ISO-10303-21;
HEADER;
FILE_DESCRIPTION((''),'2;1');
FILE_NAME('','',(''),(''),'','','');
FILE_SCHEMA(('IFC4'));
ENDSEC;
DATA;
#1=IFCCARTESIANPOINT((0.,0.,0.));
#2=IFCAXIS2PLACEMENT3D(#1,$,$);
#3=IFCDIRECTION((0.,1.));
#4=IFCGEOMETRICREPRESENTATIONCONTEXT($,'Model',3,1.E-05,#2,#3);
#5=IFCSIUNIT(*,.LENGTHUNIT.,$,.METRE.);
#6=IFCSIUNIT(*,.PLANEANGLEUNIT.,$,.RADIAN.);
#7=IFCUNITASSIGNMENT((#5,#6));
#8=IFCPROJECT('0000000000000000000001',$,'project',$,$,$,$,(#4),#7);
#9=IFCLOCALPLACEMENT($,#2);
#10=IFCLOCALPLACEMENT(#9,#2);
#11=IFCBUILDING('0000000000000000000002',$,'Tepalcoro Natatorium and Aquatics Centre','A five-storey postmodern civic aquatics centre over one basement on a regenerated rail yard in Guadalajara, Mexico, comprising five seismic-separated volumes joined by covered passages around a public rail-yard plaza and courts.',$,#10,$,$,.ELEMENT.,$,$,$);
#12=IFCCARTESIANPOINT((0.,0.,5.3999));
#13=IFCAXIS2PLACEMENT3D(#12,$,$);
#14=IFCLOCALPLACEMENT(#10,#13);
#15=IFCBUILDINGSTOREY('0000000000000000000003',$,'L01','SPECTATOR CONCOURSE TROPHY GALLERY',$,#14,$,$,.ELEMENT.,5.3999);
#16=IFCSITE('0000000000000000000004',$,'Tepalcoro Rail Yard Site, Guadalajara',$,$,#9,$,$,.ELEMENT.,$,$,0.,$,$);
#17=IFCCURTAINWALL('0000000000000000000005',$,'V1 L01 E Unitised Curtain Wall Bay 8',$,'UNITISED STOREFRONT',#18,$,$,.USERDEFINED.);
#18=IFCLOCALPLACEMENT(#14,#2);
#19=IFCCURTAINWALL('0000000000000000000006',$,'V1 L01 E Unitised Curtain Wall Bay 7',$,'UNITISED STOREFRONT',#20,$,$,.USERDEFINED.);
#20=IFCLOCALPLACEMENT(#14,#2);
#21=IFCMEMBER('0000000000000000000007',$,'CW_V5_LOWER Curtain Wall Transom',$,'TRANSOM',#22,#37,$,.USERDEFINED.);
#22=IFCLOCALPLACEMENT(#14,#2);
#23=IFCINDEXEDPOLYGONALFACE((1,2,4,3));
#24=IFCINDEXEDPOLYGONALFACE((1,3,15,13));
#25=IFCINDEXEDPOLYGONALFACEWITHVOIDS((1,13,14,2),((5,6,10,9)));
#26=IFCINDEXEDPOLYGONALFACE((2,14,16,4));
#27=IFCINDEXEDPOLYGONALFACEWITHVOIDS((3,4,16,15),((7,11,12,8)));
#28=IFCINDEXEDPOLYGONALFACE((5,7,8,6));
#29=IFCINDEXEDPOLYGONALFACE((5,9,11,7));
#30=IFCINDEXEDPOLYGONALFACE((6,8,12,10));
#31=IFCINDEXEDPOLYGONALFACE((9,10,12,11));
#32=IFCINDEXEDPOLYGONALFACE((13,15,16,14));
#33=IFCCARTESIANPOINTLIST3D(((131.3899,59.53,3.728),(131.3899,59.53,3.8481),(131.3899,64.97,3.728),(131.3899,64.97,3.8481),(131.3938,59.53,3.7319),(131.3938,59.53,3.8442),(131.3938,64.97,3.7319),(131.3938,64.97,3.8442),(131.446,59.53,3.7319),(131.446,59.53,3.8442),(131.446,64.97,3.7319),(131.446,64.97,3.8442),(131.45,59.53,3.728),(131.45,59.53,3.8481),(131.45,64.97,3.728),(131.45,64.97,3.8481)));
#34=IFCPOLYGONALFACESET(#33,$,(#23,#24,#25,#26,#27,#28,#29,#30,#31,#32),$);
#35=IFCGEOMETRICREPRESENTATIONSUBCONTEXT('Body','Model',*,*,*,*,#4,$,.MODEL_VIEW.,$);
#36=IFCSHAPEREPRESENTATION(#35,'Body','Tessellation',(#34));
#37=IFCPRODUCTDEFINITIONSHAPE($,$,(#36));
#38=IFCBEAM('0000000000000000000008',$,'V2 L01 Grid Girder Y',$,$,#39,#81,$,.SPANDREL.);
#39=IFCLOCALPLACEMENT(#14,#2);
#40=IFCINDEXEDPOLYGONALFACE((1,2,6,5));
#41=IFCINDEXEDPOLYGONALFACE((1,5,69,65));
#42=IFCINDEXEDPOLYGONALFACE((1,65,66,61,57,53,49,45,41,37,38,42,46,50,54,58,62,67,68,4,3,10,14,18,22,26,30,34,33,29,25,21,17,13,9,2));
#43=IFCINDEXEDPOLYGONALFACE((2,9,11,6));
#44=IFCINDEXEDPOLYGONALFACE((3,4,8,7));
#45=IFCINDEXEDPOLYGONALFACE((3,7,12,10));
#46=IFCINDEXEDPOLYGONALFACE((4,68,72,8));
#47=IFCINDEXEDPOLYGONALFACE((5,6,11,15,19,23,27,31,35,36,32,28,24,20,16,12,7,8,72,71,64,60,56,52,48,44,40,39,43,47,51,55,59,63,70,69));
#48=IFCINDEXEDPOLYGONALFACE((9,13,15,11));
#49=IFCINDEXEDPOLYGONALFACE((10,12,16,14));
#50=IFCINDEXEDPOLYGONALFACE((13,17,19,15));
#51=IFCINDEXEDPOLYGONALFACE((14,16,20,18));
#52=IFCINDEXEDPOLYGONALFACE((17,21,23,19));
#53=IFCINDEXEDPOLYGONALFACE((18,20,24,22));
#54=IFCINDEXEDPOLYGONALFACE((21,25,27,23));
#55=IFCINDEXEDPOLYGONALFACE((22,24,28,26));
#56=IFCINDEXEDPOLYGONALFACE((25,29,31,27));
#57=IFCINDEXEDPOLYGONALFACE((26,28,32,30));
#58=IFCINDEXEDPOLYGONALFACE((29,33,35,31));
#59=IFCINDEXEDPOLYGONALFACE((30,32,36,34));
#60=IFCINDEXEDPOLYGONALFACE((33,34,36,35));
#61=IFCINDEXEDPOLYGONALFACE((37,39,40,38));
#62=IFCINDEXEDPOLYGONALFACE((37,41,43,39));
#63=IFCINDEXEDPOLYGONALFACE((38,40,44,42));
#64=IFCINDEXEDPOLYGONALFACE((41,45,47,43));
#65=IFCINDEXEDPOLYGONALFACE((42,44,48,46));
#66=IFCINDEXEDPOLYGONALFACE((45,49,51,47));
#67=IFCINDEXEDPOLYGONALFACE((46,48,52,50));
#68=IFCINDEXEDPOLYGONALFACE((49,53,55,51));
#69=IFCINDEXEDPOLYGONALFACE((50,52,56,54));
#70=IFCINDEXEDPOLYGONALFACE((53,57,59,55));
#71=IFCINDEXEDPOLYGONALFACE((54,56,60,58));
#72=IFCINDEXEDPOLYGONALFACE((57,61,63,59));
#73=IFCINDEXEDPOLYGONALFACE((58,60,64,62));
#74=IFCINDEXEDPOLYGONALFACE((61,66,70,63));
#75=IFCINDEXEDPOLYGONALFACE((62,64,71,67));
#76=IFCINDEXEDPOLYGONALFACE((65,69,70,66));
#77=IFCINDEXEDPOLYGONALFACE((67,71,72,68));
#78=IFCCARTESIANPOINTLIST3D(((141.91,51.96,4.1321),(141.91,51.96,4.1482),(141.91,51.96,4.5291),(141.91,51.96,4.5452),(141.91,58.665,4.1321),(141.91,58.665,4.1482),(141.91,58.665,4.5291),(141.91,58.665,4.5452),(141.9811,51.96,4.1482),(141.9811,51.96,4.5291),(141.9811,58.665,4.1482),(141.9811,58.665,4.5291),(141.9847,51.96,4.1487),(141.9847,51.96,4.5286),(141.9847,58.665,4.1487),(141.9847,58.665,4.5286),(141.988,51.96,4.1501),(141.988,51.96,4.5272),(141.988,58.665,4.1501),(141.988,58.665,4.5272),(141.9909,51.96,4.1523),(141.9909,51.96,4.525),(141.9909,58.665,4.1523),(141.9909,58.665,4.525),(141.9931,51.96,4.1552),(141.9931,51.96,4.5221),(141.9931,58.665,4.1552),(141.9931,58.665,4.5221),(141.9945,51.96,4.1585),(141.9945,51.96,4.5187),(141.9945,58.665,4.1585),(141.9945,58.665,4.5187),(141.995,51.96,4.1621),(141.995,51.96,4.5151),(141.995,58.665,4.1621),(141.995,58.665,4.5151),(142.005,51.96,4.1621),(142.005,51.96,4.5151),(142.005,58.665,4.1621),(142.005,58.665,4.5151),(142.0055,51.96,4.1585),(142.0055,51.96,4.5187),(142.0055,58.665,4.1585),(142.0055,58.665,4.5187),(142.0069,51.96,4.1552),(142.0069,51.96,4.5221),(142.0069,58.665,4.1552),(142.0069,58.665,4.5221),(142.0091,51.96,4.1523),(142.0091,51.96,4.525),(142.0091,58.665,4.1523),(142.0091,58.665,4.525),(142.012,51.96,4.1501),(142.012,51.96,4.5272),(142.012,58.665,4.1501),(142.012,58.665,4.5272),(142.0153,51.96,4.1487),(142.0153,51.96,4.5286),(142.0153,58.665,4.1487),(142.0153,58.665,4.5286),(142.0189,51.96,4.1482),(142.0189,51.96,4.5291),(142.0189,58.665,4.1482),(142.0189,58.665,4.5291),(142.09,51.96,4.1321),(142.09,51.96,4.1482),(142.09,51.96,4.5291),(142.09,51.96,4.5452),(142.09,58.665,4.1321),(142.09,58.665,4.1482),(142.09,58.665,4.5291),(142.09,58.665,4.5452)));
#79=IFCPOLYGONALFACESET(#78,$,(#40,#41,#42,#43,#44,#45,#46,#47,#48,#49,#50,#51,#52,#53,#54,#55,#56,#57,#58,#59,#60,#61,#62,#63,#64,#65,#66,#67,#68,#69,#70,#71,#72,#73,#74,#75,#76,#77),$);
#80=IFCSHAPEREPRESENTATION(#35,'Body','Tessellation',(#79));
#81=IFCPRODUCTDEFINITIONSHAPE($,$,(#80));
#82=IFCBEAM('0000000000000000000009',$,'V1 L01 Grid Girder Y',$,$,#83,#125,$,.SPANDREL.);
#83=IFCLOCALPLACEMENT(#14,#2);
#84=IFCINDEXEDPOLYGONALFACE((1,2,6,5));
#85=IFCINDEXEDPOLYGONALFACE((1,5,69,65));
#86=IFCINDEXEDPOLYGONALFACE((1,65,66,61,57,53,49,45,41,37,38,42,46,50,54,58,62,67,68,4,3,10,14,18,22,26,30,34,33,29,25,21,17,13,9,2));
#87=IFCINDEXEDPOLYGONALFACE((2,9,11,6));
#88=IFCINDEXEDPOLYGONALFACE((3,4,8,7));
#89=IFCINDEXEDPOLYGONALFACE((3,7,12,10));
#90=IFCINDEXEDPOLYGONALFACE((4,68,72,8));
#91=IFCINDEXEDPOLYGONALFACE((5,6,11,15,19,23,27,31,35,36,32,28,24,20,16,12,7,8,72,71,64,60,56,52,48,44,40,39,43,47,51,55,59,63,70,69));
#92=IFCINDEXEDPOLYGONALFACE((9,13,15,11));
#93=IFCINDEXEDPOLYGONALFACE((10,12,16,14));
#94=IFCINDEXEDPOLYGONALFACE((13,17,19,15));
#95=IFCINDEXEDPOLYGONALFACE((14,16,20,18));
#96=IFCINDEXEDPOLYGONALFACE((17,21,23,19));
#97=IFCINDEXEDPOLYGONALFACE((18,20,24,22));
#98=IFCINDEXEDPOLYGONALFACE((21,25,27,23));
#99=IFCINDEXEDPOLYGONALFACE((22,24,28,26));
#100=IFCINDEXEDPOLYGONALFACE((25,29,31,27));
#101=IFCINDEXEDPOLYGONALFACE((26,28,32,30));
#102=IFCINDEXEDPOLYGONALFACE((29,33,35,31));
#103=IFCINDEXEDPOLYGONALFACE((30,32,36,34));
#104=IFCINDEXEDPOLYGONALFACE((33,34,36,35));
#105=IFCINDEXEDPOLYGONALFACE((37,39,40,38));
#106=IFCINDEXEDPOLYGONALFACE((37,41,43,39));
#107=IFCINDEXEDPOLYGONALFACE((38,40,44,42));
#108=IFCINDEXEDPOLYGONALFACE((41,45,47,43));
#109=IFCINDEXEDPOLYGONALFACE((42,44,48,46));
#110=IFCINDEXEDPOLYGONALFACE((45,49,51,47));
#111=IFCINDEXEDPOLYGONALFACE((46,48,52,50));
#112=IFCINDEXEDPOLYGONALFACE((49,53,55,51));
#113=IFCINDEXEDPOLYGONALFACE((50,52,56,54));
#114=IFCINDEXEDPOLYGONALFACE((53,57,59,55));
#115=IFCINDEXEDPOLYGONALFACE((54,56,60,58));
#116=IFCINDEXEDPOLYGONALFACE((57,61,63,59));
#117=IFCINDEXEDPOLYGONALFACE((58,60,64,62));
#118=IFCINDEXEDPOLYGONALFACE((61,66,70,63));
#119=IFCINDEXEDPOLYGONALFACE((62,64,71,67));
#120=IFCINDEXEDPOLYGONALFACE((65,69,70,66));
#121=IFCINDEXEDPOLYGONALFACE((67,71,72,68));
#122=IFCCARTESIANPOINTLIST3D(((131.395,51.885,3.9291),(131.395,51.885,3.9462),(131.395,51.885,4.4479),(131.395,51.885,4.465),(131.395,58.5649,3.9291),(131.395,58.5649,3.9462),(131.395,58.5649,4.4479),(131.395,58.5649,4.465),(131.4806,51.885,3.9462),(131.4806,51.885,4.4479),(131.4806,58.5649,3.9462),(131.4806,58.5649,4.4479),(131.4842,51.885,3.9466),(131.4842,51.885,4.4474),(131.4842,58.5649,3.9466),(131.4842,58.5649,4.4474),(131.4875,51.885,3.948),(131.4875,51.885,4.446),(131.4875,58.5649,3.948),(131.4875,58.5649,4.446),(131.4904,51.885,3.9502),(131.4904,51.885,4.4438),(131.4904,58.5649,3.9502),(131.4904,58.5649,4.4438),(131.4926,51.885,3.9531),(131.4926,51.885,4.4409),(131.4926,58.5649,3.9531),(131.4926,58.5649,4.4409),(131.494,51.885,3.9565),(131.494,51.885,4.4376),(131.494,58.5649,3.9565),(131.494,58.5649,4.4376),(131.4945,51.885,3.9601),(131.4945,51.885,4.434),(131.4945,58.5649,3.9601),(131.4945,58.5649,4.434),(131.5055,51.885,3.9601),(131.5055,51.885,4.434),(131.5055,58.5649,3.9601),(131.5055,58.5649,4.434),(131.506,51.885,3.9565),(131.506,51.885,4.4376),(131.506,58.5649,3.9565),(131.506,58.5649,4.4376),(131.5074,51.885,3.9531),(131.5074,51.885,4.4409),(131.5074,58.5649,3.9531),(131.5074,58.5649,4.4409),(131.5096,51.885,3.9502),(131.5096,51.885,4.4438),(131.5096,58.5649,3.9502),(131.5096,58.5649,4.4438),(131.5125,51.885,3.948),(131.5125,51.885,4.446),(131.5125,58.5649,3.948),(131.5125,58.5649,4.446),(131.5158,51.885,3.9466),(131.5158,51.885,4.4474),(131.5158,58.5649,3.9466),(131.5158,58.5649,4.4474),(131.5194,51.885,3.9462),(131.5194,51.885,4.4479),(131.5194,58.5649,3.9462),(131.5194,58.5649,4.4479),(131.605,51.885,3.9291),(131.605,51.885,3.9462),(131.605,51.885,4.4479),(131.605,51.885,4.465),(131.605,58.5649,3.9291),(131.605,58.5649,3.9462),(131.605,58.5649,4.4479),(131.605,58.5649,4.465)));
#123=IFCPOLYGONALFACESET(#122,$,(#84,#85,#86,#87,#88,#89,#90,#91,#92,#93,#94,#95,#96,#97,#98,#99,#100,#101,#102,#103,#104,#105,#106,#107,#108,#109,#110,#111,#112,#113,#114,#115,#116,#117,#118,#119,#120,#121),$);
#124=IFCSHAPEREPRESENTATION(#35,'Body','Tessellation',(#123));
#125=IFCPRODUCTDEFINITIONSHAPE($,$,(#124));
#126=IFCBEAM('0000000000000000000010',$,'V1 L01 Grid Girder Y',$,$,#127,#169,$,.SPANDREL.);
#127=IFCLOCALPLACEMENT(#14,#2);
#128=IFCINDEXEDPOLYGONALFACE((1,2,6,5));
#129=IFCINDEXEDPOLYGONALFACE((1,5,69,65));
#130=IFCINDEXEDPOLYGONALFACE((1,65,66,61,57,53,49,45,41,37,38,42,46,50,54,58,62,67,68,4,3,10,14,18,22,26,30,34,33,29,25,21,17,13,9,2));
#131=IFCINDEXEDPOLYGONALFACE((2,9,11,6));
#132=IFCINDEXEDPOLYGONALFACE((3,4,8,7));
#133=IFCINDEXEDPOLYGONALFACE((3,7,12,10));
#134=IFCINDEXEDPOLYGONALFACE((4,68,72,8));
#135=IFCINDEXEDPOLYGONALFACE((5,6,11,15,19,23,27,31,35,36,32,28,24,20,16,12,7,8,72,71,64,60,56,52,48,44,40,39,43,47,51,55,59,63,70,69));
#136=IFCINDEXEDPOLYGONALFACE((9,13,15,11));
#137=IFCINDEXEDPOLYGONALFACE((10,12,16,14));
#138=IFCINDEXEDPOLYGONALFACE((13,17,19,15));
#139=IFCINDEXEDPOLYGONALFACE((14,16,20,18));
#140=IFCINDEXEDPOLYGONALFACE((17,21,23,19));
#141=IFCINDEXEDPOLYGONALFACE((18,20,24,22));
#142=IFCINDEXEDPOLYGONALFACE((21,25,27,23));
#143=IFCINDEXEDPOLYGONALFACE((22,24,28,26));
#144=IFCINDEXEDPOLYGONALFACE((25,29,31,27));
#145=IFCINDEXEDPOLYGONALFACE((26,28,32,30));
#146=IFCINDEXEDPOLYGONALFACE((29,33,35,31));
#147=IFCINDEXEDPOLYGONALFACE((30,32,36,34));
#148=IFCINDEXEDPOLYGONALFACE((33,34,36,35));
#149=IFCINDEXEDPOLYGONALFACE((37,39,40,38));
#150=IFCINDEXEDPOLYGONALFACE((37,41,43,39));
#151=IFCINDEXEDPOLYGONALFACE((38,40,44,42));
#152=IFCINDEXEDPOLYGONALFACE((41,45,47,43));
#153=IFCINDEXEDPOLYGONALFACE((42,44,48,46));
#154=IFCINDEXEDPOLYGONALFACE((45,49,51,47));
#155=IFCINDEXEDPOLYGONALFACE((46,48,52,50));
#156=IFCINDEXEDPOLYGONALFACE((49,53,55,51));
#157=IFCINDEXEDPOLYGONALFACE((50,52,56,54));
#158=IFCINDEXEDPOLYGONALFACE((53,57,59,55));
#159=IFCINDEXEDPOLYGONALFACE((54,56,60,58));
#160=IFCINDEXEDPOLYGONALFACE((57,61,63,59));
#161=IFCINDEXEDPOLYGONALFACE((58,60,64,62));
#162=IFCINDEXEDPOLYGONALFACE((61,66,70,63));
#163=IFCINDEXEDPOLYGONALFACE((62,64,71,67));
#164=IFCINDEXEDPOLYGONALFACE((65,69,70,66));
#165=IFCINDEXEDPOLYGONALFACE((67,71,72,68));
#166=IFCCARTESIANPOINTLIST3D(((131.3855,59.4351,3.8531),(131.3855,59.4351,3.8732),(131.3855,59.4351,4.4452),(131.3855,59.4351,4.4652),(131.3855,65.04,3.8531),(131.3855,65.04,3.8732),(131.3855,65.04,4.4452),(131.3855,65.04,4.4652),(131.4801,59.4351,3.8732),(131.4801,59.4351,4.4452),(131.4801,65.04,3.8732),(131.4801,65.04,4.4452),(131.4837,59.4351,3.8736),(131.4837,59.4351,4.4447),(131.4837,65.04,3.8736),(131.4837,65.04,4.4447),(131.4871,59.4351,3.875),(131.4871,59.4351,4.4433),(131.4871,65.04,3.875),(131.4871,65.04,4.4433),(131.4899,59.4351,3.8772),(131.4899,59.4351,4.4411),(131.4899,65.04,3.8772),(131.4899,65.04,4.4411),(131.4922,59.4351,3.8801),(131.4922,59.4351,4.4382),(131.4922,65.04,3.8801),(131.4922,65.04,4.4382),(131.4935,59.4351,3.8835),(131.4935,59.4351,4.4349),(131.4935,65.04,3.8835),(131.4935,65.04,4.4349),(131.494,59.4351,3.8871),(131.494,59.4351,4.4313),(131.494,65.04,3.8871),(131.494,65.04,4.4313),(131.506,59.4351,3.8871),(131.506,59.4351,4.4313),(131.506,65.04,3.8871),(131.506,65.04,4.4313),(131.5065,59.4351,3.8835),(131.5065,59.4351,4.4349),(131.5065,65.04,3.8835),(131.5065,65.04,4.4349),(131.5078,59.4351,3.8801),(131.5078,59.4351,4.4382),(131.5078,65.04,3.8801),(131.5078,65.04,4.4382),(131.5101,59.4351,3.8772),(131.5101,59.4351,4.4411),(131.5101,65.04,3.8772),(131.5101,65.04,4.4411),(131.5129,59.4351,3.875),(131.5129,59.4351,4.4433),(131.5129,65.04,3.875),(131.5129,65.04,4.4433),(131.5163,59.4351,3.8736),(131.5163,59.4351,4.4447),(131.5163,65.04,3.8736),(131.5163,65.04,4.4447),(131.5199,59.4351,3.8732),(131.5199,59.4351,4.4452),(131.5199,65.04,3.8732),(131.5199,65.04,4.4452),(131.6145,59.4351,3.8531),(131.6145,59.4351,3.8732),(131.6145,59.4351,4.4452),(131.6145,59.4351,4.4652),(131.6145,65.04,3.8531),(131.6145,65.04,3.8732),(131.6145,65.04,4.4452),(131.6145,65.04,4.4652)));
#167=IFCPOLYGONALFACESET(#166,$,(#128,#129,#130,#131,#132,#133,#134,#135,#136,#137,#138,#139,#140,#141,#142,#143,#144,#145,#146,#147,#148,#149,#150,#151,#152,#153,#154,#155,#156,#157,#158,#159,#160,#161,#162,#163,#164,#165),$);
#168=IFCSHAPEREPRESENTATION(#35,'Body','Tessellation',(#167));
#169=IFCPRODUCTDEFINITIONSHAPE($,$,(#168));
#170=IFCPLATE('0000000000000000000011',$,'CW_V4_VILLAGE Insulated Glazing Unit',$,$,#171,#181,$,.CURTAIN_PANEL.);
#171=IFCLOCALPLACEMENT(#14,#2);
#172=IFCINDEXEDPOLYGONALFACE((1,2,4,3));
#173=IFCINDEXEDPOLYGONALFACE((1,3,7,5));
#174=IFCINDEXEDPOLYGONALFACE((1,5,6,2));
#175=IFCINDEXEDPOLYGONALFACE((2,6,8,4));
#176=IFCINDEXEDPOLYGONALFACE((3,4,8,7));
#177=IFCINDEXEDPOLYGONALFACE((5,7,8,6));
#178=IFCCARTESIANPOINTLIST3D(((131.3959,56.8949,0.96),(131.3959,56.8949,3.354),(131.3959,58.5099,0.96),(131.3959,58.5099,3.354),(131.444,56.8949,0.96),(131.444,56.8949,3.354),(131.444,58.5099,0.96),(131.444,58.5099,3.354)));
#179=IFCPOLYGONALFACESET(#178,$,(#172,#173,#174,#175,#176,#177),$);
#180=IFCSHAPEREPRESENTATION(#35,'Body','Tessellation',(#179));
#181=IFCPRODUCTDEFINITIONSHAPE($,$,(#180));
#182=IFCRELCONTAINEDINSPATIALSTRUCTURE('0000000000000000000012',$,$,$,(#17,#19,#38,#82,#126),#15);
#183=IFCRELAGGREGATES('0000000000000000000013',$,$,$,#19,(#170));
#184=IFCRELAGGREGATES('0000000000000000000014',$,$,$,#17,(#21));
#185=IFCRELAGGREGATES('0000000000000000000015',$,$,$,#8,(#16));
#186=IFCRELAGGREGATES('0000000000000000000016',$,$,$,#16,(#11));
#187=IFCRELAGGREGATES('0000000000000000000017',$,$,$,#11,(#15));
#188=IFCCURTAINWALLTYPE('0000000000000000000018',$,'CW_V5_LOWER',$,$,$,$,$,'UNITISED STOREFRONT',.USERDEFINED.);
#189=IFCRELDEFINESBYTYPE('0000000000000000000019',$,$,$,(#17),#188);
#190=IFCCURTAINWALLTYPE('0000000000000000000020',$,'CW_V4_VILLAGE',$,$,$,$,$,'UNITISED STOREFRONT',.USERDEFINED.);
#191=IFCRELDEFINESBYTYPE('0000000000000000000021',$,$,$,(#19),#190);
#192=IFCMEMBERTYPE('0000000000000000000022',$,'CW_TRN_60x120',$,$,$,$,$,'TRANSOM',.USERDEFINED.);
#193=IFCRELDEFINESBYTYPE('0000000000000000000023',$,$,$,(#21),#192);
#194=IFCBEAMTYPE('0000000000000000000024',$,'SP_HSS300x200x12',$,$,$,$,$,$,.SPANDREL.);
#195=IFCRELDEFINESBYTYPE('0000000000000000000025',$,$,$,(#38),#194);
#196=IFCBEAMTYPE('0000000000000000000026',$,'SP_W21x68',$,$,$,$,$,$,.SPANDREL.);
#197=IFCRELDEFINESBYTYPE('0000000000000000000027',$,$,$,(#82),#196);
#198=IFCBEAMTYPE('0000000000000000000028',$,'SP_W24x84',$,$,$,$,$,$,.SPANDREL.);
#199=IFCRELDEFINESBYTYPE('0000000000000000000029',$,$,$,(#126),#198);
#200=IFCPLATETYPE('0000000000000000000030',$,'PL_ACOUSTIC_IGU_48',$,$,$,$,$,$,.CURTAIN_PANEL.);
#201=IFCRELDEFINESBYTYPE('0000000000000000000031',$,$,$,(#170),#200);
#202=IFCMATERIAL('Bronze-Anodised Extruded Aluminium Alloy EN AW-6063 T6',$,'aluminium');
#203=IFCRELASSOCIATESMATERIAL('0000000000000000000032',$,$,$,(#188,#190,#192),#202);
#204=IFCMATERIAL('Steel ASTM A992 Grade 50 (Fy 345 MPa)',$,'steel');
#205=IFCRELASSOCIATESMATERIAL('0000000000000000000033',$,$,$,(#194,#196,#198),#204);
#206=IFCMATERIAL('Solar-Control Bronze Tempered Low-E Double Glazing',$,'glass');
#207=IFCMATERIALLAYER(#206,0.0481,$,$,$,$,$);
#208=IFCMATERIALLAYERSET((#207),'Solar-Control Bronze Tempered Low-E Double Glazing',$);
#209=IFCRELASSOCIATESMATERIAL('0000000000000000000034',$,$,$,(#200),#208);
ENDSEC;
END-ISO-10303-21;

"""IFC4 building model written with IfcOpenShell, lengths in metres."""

from ifc_helpers import new_model, si_unit, direction, frame, origin, origin_2d, place, context, subcontext, project, spatial, rectangle, hollow_rectangle, i_section, extrude, material, layer, layer_set, material_profile, profile_set, type_object, element, aggregate, save


model = new_model("IFC4")

# Units and contexts
model_context = context("Model", 3, precision=1e-05, world=origin(), true_north=direction((0.0, 1.0)))
body_context = subcontext(model_context, "Body", "Model", "MODEL_VIEW")
ifc_project = project(units=[si_unit("LENGTHUNIT", "METRE"), si_unit("PLANEANGLEUNIT", "RADIAN")], contexts=[model_context])

# Site, building, storey
site_placement = place(None, origin())
site = spatial("IfcSite", under=ifc_project, at=site_placement, Name="Tepalcoro Rail Yard Site, Guadalajara", CompositionType="ELEMENT", RefElevation=0.0)
building_placement = place(site_placement, origin())
building = spatial("IfcBuilding", under=site, at=building_placement, Name="Tepalcoro Natatorium and Aquatics Centre", Description="A five-storey postmodern civic aquatics centre over one basement on a regenerated rail yard in Guadalajara, Mexico, comprising five seismic-separated volumes joined by covered passages around a public rail-yard plaza and courts.", CompositionType="ELEMENT")
storey_placement = place(building_placement, frame((0.0, 0.0, 5.3999)))
storey = spatial("IfcBuildingStorey", under=building, at=storey_placement, Name="L01", Description="SPECTATOR CONCOURSE TROPHY GALLERY", CompositionType="ELEMENT", Elevation=5.3999)

# Curtain wall
ifc_material_1 = material(Name="Bronze-Anodised Extruded Aluminium Alloy EN AW-6063 T6", Category="aluminium")
curtain_wall_type_1 = type_object("IfcCurtainWallType", Name="CW_V5_LOWER", ElementType="UNITISED STOREFRONT", PredefinedType="USERDEFINED", material=ifc_material_1)
curtain_wall_1_placement = place(storey_placement, origin())
curtain_wall_1 = element("IfcCurtainWall", 1, at=curtain_wall_1_placement, inside=storey, type_object=curtain_wall_type_1, Name="V1 L01 E Unitised Curtain Wall Bay 8", ObjectType="UNITISED STOREFRONT", PredefinedType="USERDEFINED")

# Curtain wall
curtain_wall_type_2 = type_object("IfcCurtainWallType", Name="CW_V4_VILLAGE", ElementType="UNITISED STOREFRONT", PredefinedType="USERDEFINED", material=ifc_material_1)
curtain_wall_2_placement = place(storey_placement, origin())
curtain_wall_2 = element("IfcCurtainWall", 2, at=curtain_wall_2_placement, inside=storey, type_object=curtain_wall_type_2, Name="V1 L01 E Unitised Curtain Wall Bay 7", ObjectType="UNITISED STOREFRONT", PredefinedType="USERDEFINED")

# Member
ifc_material_profile_1 = material_profile(ifc_material_1, hollow_rectangle(XDim=0.0601, YDim=0.1201, WallThickness=0.0039, at=origin_2d()), Name="AL60X120X4")
ifc_profile_set_1 = profile_set([ifc_material_profile_1], Name="Bronze-Anodised Extruded Aluminium Alloy EN AW-6063 T6")
member_type_1 = type_object("IfcMemberType", Name="CW_TRN_60x120", ElementType="TRANSOM", PredefinedType="USERDEFINED", material=ifc_profile_set_1)
member_1_placement = place(storey_placement, frame((131.4199, 59.53, 3.7881), z_axis=(0.0, 1.0, 0.0), x_axis=(-1.0, 0.0, 0.0)))
member_1 = element("IfcMember", 3, at=member_1_placement, type_object=member_type_1, Name="CW_V5_LOWER Curtain Wall Transom", ObjectType="TRANSOM", PredefinedType="USERDEFINED", context=body_context, shape_type="SweptSolid", body=[
    extrude(hollow_rectangle(XDim=0.0601, YDim=0.1201, WallThickness=0.0039, at=origin_2d()), origin(), (0.0, 0.0, 1.0), 5.4399),
])

# Beams
ifc_material_2 = material(Name="Steel ASTM A992 Grade 50 (Fy 345 MPa)", Category="steel")
ifc_material_profile_2 = material_profile(ifc_material_2, i_section(OverallWidth=0.1799, OverallDepth=0.4131, WebThickness=0.01, FlangeThickness=0.0161, FilletRadius=0.0139, at=origin_2d()), Name="W16X50")
ifc_profile_set_2 = profile_set([ifc_material_profile_2], Name="Steel ASTM A992 Grade 50 (Fy 345 MPa)")
beam_type_1 = type_object("IfcBeamType", Name="SP_HSS300x200x12", PredefinedType="SPANDREL", material=ifc_profile_set_2)
beam_1_placement = place(storey_placement, frame((142.0, 51.96, 4.3386), z_axis=(0.0, 1.0, 0.0), x_axis=(-1.0, 0.0, 0.0)))
element("IfcBeam", 4, at=beam_1_placement, inside=storey, type_object=beam_type_1, Name="V2 L01 Grid Girder Y", PredefinedType="SPANDREL", context=body_context, shape_type="SweptSolid", body=[
    extrude(i_section(OverallWidth=0.1799, OverallDepth=0.4131, WebThickness=0.01, FlangeThickness=0.0161, FilletRadius=0.0139, at=origin_2d()), origin(), (0.0, 0.0, 1.0), 6.7051),
])
ifc_material_profile_3 = material_profile(ifc_material_2, i_section(OverallWidth=0.21, OverallDepth=0.5359, WebThickness=0.011, FlangeThickness=0.0171, FilletRadius=0.0139, at=origin_2d()), Name="W21X68")
ifc_profile_set_3 = profile_set([ifc_material_profile_3], Name="Steel ASTM A992 Grade 50 (Fy 345 MPa)")
beam_type_2 = type_object("IfcBeamType", Name="SP_W21x68", PredefinedType="SPANDREL", material=ifc_profile_set_3)
beam_2_placement = place(storey_placement, frame((131.5, 51.885, 4.197), z_axis=(0.0, 1.0, 0.0), x_axis=(-1.0, 0.0, 0.0)))
element("IfcBeam", 5, at=beam_2_placement, inside=storey, type_object=beam_type_2, Name="V1 L01 Grid Girder Y", PredefinedType="SPANDREL", context=body_context, shape_type="SweptSolid", body=[
    extrude(i_section(OverallWidth=0.21, OverallDepth=0.5359, WebThickness=0.011, FlangeThickness=0.0171, FilletRadius=0.0139, at=origin_2d()), origin(), (0.0, 0.0, 1.0), 6.6799),
])
ifc_material_profile_4 = material_profile(ifc_material_2, i_section(OverallWidth=0.229, OverallDepth=0.6121, WebThickness=0.012, FlangeThickness=0.02, FilletRadius=0.0139, at=origin_2d()), Name="W24X84")
ifc_profile_set_4 = profile_set([ifc_material_profile_4], Name="Steel ASTM A992 Grade 50 (Fy 345 MPa)")
beam_type_3 = type_object("IfcBeamType", Name="SP_W24x84", PredefinedType="SPANDREL", material=ifc_profile_set_4)
beam_3_placement = place(storey_placement, frame((131.5, 59.4351, 4.1592), z_axis=(0.0, 1.0, 0.0), x_axis=(-1.0, 0.0, 0.0)))
element("IfcBeam", 6, at=beam_3_placement, inside=storey, type_object=beam_type_3, Name="V1 L01 Grid Girder Y", PredefinedType="SPANDREL", context=body_context, shape_type="SweptSolid", body=[
    extrude(i_section(OverallWidth=0.229, OverallDepth=0.6121, WebThickness=0.012, FlangeThickness=0.02, FilletRadius=0.0139, at=origin_2d()), origin(), (0.0, 0.0, 1.0), 5.605),
])

# Plate
ifc_material_3 = material(Name="Solar-Control Bronze Tempered Low-E Double Glazing", Category="glass")
ifc_layer_1 = layer(ifc_material_3, 0.0481)
ifc_layer_set_1 = layer_set([ifc_layer_1], Name="Solar-Control Bronze Tempered Low-E Double Glazing")
plate_type_1 = type_object("IfcPlateType", Name="PL_ACOUSTIC_IGU_48", PredefinedType="CURTAIN_PANEL", material=ifc_layer_set_1)
plate_1_placement = place(storey_placement, frame((131.4199, 57.7024, 0.96), z_axis=(0.0, 0.0, 1.0), x_axis=(1.0, 0.0, 0.0)))
plate_1 = element("IfcPlate", 7, at=plate_1_placement, type_object=plate_type_1, Name="CW_V4_VILLAGE Insulated Glazing Unit", PredefinedType="CURTAIN_PANEL", context=body_context, shape_type="SweptSolid", body=[
    extrude(rectangle(XDim=0.0481, YDim=1.615, at=origin_2d()), origin(), (0.0, 0.0, 1.0), 2.394),
])
aggregate(curtain_wall_2, [plate_1])
aggregate(curtain_wall_1, [member_1])

save(model, "model.ifc")
